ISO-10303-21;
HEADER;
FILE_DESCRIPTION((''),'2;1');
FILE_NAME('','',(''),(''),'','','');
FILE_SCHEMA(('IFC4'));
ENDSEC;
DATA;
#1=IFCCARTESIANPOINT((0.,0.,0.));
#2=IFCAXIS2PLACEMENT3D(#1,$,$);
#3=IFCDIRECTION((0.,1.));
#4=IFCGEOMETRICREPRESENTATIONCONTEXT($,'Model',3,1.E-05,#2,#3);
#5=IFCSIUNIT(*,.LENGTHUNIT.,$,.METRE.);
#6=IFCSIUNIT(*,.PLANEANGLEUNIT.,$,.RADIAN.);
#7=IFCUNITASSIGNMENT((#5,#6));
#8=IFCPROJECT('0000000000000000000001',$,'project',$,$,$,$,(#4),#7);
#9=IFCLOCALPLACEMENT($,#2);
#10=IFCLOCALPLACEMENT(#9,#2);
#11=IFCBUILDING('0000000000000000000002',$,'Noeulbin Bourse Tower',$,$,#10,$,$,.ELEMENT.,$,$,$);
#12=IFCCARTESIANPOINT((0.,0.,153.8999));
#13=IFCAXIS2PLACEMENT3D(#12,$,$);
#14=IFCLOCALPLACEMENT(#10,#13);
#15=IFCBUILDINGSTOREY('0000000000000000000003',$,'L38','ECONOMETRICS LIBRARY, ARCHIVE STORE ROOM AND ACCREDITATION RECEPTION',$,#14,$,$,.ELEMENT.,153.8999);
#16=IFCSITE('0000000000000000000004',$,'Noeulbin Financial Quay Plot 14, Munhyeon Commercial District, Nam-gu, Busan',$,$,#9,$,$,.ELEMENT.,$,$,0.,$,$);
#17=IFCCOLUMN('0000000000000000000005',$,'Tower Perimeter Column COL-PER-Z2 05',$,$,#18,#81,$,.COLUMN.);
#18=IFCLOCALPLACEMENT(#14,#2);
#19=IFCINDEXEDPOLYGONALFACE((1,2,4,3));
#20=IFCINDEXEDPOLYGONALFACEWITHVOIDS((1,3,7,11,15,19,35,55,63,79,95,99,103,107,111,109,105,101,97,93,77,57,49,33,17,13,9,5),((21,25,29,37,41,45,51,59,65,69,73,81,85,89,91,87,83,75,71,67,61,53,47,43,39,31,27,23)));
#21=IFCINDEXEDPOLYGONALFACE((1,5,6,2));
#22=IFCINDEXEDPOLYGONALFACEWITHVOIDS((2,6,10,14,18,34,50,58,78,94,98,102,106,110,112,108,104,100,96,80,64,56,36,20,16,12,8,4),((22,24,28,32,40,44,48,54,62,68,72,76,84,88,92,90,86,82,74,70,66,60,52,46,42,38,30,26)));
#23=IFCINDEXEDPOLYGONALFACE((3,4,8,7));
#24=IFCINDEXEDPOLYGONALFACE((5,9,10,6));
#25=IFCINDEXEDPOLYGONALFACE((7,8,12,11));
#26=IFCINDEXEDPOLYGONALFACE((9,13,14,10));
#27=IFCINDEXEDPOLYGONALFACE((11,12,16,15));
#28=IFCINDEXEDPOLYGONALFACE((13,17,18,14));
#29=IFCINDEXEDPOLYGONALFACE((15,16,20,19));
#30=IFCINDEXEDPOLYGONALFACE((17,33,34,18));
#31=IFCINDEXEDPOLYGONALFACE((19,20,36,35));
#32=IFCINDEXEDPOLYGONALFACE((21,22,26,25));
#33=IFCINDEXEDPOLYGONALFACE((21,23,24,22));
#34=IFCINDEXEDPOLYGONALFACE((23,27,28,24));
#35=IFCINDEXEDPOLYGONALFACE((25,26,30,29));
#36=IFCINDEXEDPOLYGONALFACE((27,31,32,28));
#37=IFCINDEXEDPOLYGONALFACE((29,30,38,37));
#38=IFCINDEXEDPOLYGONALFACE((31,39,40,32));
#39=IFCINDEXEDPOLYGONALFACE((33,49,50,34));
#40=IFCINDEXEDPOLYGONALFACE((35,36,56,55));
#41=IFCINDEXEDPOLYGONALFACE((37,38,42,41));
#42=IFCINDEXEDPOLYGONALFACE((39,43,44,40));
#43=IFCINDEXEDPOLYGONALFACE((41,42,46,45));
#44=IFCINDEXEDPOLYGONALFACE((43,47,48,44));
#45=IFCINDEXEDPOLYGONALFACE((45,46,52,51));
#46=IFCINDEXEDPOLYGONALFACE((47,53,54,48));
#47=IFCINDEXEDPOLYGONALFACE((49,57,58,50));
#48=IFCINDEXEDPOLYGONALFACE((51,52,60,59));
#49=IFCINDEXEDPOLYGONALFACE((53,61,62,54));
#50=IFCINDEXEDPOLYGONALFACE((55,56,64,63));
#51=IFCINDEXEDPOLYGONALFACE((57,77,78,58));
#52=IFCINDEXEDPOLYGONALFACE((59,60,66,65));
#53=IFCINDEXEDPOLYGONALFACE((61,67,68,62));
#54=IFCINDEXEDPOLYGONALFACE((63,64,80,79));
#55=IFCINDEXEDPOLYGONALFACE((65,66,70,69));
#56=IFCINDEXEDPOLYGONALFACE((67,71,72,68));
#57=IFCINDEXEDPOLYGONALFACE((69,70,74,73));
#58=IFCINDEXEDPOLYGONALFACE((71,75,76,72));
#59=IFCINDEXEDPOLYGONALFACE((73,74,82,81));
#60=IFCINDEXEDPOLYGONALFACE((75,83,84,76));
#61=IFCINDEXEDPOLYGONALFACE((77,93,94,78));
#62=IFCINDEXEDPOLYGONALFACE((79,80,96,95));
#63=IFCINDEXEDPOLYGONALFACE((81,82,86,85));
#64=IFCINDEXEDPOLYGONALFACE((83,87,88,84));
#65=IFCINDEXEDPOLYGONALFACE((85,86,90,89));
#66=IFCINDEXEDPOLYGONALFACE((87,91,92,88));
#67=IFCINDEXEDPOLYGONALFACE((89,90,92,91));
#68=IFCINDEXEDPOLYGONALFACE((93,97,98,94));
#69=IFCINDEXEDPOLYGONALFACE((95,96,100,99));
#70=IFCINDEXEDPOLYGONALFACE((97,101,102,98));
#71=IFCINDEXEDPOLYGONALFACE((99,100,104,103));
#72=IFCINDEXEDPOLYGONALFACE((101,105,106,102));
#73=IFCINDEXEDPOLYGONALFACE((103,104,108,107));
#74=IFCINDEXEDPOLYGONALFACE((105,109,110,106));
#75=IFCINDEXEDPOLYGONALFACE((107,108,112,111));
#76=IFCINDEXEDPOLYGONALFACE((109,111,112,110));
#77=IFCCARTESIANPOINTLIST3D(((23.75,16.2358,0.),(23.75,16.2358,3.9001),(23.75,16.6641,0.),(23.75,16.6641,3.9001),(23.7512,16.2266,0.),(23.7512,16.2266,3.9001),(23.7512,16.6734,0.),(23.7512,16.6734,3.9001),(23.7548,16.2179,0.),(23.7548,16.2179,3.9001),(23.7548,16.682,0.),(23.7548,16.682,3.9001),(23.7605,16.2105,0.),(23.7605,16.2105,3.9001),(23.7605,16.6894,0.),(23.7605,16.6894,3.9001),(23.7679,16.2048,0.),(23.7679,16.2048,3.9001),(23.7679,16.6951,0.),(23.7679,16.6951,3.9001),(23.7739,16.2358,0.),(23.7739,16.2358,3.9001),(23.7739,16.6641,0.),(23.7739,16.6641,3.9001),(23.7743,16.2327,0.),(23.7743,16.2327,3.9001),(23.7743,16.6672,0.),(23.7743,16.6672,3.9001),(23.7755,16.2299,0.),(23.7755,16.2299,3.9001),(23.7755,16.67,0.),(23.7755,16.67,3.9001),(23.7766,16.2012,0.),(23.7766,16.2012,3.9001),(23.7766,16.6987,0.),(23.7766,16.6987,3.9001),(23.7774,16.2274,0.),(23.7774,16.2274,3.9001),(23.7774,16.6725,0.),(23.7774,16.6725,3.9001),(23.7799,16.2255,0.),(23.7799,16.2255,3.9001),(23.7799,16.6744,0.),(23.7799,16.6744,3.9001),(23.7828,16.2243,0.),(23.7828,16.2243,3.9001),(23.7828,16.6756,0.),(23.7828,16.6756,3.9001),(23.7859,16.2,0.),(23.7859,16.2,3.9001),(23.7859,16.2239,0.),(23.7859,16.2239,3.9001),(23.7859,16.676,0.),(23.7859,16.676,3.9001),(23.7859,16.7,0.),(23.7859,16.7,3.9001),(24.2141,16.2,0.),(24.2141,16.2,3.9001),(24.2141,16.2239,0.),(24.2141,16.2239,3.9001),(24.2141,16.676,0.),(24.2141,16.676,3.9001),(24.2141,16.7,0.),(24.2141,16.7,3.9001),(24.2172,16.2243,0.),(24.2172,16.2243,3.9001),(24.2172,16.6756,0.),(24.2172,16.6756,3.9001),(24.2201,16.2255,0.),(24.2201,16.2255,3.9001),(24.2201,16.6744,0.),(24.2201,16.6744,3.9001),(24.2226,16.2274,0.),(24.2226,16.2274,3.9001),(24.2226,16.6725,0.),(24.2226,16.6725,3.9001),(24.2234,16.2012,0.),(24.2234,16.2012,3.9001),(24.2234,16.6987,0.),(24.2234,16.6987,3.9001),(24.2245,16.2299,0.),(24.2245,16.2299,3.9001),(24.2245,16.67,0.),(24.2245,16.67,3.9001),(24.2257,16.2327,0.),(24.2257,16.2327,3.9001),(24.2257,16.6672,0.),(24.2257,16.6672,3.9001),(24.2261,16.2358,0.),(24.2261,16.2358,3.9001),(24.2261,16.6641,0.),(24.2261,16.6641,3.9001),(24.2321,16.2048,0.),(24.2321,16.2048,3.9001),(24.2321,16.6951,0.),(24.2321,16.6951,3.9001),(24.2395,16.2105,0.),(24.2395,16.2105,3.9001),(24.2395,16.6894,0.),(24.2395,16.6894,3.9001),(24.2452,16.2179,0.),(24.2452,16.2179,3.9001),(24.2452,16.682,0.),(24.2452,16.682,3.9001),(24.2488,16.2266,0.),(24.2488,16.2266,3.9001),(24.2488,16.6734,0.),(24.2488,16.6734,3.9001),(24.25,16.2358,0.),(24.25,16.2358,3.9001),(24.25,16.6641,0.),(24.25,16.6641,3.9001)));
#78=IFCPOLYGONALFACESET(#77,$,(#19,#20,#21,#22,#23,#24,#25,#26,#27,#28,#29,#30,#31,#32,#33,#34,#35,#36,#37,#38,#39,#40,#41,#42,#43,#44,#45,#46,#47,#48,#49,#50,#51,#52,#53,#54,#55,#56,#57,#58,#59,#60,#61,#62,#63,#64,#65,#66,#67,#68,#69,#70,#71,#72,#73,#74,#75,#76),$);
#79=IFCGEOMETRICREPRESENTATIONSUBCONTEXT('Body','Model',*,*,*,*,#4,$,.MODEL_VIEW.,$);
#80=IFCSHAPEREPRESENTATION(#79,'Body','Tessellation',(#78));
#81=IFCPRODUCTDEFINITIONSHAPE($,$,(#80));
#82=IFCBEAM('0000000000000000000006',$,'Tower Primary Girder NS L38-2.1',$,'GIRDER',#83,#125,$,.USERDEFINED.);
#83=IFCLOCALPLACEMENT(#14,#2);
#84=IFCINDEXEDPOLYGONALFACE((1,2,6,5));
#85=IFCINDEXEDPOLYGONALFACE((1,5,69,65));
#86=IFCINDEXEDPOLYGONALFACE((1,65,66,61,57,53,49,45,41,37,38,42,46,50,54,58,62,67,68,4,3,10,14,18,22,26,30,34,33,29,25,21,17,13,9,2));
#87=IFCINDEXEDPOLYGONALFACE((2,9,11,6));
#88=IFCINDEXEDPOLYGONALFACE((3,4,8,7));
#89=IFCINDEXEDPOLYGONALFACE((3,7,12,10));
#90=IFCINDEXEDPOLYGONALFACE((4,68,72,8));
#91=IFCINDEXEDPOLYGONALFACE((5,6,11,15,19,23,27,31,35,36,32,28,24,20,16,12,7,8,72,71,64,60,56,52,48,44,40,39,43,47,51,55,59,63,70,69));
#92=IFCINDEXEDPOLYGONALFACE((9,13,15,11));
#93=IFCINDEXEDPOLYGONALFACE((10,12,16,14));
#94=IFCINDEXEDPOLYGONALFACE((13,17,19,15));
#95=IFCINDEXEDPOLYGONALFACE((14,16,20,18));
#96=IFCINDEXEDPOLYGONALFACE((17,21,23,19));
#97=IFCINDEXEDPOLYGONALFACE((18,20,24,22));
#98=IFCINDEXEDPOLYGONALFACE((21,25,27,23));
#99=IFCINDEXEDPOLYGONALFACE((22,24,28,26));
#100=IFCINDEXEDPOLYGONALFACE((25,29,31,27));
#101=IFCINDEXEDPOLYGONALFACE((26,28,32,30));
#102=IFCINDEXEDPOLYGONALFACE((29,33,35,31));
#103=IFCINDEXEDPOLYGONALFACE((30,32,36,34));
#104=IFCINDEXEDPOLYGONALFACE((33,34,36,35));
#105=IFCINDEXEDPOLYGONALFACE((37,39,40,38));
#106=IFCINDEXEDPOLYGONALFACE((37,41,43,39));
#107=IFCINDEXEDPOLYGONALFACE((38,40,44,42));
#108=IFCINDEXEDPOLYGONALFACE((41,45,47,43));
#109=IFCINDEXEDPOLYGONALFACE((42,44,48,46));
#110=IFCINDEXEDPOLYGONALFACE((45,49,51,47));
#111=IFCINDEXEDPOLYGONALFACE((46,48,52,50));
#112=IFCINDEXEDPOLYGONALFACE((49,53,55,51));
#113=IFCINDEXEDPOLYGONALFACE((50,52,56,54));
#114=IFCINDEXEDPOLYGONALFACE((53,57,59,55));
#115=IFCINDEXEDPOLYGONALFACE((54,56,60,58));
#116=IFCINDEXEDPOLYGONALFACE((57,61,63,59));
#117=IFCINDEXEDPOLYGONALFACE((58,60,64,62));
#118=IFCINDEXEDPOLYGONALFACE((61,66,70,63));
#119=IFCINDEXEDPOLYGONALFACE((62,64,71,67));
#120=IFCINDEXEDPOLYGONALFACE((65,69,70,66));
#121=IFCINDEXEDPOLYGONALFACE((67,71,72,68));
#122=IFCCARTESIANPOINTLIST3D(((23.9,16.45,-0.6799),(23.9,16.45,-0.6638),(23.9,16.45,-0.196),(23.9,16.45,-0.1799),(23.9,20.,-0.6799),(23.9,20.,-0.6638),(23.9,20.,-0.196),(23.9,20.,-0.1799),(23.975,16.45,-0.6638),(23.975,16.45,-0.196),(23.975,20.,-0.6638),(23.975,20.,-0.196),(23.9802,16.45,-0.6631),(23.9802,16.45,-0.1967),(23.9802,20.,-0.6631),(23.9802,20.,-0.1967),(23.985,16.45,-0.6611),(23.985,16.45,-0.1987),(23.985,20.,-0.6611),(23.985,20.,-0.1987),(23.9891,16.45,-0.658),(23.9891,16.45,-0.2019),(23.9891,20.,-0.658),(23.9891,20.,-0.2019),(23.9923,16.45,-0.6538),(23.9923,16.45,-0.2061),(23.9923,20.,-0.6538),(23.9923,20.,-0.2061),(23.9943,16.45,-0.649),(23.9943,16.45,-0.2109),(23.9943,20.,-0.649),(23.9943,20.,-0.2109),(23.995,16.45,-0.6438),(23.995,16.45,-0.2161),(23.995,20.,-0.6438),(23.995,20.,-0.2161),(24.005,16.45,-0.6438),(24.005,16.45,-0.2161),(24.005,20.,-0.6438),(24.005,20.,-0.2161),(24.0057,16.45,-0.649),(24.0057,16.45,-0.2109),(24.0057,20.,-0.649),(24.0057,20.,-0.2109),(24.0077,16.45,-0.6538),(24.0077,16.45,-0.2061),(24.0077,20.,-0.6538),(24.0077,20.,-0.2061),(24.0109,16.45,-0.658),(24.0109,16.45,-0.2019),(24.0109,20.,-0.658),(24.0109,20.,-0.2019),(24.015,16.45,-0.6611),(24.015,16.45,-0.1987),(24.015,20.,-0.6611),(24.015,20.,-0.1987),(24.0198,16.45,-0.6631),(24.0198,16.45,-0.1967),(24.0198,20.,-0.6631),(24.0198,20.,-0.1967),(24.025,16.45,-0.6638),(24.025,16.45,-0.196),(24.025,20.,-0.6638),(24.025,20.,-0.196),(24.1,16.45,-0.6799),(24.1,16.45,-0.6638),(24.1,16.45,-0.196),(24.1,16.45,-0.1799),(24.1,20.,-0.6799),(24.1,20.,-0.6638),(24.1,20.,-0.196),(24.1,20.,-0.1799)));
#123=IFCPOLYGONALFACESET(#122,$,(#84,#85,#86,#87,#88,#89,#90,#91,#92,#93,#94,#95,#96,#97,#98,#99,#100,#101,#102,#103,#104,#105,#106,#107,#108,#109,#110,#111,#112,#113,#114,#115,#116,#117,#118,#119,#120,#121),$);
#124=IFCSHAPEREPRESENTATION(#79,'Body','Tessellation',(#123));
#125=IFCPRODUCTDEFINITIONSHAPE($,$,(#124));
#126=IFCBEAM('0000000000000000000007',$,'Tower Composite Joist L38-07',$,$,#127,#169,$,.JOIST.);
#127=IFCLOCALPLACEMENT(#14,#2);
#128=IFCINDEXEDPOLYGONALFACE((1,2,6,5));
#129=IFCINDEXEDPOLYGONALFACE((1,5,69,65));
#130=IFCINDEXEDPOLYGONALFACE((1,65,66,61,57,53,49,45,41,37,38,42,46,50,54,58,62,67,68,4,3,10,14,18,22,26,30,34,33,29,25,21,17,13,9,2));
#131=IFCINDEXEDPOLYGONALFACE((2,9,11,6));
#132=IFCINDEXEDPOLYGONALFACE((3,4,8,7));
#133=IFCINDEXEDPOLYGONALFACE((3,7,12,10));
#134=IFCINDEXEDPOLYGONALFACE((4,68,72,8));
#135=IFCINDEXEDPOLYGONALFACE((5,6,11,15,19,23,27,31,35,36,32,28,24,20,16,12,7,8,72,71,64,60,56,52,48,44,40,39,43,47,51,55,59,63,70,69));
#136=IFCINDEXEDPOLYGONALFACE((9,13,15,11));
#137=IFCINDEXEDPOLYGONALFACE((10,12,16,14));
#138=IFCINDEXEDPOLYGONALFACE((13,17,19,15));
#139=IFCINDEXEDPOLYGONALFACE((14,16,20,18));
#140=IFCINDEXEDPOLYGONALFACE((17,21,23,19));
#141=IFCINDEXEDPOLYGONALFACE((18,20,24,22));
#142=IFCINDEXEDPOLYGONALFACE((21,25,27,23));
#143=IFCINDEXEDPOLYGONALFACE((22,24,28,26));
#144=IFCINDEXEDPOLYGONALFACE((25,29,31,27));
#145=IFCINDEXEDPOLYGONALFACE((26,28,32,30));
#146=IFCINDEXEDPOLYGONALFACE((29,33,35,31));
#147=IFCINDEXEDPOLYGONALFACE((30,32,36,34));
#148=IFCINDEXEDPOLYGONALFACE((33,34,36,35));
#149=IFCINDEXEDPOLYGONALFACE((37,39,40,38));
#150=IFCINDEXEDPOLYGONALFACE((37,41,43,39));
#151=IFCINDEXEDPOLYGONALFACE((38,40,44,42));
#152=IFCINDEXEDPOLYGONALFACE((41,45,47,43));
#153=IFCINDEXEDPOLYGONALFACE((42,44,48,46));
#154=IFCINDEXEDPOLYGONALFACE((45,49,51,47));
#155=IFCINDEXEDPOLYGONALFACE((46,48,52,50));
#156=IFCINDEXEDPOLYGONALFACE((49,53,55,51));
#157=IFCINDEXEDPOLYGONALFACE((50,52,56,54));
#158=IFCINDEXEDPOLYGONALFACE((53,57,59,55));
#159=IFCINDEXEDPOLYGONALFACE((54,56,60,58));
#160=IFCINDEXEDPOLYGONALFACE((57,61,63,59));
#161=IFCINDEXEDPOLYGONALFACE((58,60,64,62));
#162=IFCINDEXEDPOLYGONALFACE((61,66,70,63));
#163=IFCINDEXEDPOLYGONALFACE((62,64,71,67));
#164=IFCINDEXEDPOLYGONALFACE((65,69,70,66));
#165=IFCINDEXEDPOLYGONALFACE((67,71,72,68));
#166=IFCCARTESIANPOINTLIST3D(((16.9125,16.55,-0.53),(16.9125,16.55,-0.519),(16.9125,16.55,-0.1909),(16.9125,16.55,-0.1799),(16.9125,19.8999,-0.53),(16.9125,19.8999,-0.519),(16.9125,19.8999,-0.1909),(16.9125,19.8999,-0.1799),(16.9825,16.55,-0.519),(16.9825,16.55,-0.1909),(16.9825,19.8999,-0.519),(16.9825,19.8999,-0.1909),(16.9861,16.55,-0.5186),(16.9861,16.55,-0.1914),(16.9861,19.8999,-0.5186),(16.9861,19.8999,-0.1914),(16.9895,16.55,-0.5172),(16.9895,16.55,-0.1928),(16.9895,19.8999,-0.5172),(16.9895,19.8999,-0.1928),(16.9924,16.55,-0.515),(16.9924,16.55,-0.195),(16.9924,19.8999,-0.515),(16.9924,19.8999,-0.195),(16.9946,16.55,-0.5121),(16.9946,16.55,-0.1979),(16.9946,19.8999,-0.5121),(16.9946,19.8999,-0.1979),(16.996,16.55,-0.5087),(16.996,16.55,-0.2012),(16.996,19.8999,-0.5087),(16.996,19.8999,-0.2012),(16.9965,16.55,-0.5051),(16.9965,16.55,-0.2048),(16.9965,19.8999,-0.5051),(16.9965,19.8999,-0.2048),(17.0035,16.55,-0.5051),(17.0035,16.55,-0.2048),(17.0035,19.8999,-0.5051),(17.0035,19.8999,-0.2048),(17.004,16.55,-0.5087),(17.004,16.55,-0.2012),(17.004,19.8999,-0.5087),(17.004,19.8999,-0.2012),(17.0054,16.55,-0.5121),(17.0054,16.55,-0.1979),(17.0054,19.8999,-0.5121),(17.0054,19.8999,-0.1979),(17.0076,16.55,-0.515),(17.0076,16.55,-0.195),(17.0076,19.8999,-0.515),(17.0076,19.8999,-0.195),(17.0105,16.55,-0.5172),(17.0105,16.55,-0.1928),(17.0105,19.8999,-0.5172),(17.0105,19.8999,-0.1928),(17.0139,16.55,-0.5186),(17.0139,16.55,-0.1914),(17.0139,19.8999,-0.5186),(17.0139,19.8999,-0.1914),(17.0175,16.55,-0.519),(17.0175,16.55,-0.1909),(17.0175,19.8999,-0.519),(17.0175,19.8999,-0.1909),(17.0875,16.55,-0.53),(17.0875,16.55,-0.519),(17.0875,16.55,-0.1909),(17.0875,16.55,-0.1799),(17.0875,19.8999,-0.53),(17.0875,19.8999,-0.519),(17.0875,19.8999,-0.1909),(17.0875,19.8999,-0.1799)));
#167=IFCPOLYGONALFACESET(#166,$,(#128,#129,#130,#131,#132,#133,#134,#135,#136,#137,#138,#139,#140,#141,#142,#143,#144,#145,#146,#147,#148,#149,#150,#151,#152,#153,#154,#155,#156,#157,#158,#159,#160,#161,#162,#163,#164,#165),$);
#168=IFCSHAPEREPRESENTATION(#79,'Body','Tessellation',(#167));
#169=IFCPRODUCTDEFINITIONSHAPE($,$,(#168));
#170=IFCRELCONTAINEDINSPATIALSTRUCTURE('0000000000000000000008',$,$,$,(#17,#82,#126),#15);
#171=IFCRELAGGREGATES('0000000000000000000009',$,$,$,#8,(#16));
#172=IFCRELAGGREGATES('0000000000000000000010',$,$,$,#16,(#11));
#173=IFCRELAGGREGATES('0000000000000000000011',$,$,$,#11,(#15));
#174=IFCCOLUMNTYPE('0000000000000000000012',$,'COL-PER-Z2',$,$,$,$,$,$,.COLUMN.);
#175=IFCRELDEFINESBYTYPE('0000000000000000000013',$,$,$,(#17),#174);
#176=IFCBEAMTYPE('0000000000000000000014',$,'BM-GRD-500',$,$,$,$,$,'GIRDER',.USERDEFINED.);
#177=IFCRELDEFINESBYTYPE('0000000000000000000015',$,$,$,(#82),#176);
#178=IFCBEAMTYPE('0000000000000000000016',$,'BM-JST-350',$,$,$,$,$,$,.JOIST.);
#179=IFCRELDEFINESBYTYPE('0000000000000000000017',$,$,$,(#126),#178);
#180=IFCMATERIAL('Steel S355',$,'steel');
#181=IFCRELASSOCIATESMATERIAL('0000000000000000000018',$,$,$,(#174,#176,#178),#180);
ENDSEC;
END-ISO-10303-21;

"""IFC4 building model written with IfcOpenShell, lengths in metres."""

from ifc_helpers import new_model, si_unit, direction, frame, origin, origin_2d, place, context, subcontext, project, spatial, hollow_rectangle, i_section, extrude, material, material_profile, profile_set, type_object, element, save


model = new_model("IFC4")

# Units and contexts
model_context = context("Model", 3, precision=1e-05, world=origin(), true_north=direction((0.0, 1.0)))
body_context = subcontext(model_context, "Body", "Model", "MODEL_VIEW")
ifc_project = project(units=[si_unit("LENGTHUNIT", "METRE"), si_unit("PLANEANGLEUNIT", "RADIAN")], contexts=[model_context])

# Site, building, storey
site_placement = place(None, origin())
site = spatial("IfcSite", under=ifc_project, at=site_placement, Name="Noeulbin Financial Quay Plot 14, Munhyeon Commercial District, Nam-gu, Busan", CompositionType="ELEMENT", RefElevation=0.0)
building_placement = place(site_placement, origin())
building = spatial("IfcBuilding", under=site, at=building_placement, Name="Noeulbin Bourse Tower", CompositionType="ELEMENT")
storey_placement = place(building_placement, frame((0.0, 0.0, 153.8999)))
storey = spatial("IfcBuildingStorey", under=building, at=storey_placement, Name="L38", Description="ECONOMETRICS LIBRARY, ARCHIVE STORE ROOM AND ACCREDITATION RECEPTION", CompositionType="ELEMENT", Elevation=153.8999)

# Column
ifc_material_1 = material(Name="Steel S355", Category="steel")
ifc_material_profile_1 = material_profile(ifc_material_1, hollow_rectangle(XDim=0.5, YDim=0.5, WallThickness=0.0239, InnerFilletRadius=0.012, OuterFilletRadius=0.0359, at=origin_2d()), Name="BOX-500x500x24", Category="LoadBearing")
ifc_profile_set_1 = profile_set([ifc_material_profile_1], Name="Steel S355")
column_type = type_object("IfcColumnType", Name="COL-PER-Z2", PredefinedType="COLUMN", material=ifc_profile_set_1)
column_placement = place(storey_placement, frame((24.0, 16.45, 0.0), z_axis=(0.0, 0.0, 1.0), x_axis=(1.0, 0.0, 0.0)))
element("IfcColumn", 1, at=column_placement, inside=storey, type_object=column_type, Name="Tower Perimeter Column COL-PER-Z2 05", PredefinedType="COLUMN", context=body_context, shape_type="SweptSolid", body=[
    extrude(hollow_rectangle(XDim=0.5, YDim=0.5, WallThickness=0.0239, InnerFilletRadius=0.012, OuterFilletRadius=0.0359, at=origin_2d()), origin(), (0.0, 0.0, 1.0), 3.9001),
])

# Beams
ifc_material_profile_2 = material_profile(ifc_material_1, i_section(OverallWidth=0.2, OverallDepth=0.5, WebThickness=0.01, FlangeThickness=0.0161, FilletRadius=0.02, at=origin_2d()), Name="H-500x200x10x16", Category="LoadBearing")
ifc_profile_set_2 = profile_set([ifc_material_profile_2], Name="Steel S355")
beam_type_1 = type_object("IfcBeamType", Name="BM-GRD-500", ElementType="GIRDER", PredefinedType="USERDEFINED", material=ifc_profile_set_2)
beam_1_placement = place(storey_placement, frame((24.0, 16.45, -0.4299), z_axis=(0.0, 1.0, 0.0), x_axis=(-1.0, 0.0, 0.0)))
element("IfcBeam", 2, at=beam_1_placement, inside=storey, type_object=beam_type_1, Name="Tower Primary Girder NS L38-2.1", ObjectType="GIRDER", PredefinedType="USERDEFINED", context=body_context, shape_type="SweptSolid", body=[
    extrude(i_section(OverallWidth=0.2, OverallDepth=0.5, WebThickness=0.01, FlangeThickness=0.0161, FilletRadius=0.02, at=origin_2d()), origin(), (0.0, 0.0, 1.0), 3.55),
])
ifc_material_profile_3 = material_profile(ifc_material_1, i_section(OverallWidth=0.175, OverallDepth=0.3501, WebThickness=0.0071, FlangeThickness=0.011, FilletRadius=0.0139, at=origin_2d()), Name="H-350x175x7x11", Category="LoadBearing")
ifc_profile_set_3 = profile_set([ifc_material_profile_3], Name="Steel S355")
beam_type_2 = type_object("IfcBeamType", Name="BM-JST-350", PredefinedType="JOIST", material=ifc_profile_set_3)
beam_2_placement = place(storey_placement, frame((17.0, 16.55, -0.355), z_axis=(0.0, 1.0, 0.0), x_axis=(-1.0, 0.0, 0.0)))
element("IfcBeam", 3, at=beam_2_placement, inside=storey, type_object=beam_type_2, Name="Tower Composite Joist L38-07", PredefinedType="JOIST", context=body_context, shape_type="SweptSolid", body=[
    extrude(i_section(OverallWidth=0.175, OverallDepth=0.3501, WebThickness=0.0071, FlangeThickness=0.011, FilletRadius=0.0139, at=origin_2d()), origin(), (0.0, 0.0, 1.0), 3.3499),
])

save(model, "model.ifc")
